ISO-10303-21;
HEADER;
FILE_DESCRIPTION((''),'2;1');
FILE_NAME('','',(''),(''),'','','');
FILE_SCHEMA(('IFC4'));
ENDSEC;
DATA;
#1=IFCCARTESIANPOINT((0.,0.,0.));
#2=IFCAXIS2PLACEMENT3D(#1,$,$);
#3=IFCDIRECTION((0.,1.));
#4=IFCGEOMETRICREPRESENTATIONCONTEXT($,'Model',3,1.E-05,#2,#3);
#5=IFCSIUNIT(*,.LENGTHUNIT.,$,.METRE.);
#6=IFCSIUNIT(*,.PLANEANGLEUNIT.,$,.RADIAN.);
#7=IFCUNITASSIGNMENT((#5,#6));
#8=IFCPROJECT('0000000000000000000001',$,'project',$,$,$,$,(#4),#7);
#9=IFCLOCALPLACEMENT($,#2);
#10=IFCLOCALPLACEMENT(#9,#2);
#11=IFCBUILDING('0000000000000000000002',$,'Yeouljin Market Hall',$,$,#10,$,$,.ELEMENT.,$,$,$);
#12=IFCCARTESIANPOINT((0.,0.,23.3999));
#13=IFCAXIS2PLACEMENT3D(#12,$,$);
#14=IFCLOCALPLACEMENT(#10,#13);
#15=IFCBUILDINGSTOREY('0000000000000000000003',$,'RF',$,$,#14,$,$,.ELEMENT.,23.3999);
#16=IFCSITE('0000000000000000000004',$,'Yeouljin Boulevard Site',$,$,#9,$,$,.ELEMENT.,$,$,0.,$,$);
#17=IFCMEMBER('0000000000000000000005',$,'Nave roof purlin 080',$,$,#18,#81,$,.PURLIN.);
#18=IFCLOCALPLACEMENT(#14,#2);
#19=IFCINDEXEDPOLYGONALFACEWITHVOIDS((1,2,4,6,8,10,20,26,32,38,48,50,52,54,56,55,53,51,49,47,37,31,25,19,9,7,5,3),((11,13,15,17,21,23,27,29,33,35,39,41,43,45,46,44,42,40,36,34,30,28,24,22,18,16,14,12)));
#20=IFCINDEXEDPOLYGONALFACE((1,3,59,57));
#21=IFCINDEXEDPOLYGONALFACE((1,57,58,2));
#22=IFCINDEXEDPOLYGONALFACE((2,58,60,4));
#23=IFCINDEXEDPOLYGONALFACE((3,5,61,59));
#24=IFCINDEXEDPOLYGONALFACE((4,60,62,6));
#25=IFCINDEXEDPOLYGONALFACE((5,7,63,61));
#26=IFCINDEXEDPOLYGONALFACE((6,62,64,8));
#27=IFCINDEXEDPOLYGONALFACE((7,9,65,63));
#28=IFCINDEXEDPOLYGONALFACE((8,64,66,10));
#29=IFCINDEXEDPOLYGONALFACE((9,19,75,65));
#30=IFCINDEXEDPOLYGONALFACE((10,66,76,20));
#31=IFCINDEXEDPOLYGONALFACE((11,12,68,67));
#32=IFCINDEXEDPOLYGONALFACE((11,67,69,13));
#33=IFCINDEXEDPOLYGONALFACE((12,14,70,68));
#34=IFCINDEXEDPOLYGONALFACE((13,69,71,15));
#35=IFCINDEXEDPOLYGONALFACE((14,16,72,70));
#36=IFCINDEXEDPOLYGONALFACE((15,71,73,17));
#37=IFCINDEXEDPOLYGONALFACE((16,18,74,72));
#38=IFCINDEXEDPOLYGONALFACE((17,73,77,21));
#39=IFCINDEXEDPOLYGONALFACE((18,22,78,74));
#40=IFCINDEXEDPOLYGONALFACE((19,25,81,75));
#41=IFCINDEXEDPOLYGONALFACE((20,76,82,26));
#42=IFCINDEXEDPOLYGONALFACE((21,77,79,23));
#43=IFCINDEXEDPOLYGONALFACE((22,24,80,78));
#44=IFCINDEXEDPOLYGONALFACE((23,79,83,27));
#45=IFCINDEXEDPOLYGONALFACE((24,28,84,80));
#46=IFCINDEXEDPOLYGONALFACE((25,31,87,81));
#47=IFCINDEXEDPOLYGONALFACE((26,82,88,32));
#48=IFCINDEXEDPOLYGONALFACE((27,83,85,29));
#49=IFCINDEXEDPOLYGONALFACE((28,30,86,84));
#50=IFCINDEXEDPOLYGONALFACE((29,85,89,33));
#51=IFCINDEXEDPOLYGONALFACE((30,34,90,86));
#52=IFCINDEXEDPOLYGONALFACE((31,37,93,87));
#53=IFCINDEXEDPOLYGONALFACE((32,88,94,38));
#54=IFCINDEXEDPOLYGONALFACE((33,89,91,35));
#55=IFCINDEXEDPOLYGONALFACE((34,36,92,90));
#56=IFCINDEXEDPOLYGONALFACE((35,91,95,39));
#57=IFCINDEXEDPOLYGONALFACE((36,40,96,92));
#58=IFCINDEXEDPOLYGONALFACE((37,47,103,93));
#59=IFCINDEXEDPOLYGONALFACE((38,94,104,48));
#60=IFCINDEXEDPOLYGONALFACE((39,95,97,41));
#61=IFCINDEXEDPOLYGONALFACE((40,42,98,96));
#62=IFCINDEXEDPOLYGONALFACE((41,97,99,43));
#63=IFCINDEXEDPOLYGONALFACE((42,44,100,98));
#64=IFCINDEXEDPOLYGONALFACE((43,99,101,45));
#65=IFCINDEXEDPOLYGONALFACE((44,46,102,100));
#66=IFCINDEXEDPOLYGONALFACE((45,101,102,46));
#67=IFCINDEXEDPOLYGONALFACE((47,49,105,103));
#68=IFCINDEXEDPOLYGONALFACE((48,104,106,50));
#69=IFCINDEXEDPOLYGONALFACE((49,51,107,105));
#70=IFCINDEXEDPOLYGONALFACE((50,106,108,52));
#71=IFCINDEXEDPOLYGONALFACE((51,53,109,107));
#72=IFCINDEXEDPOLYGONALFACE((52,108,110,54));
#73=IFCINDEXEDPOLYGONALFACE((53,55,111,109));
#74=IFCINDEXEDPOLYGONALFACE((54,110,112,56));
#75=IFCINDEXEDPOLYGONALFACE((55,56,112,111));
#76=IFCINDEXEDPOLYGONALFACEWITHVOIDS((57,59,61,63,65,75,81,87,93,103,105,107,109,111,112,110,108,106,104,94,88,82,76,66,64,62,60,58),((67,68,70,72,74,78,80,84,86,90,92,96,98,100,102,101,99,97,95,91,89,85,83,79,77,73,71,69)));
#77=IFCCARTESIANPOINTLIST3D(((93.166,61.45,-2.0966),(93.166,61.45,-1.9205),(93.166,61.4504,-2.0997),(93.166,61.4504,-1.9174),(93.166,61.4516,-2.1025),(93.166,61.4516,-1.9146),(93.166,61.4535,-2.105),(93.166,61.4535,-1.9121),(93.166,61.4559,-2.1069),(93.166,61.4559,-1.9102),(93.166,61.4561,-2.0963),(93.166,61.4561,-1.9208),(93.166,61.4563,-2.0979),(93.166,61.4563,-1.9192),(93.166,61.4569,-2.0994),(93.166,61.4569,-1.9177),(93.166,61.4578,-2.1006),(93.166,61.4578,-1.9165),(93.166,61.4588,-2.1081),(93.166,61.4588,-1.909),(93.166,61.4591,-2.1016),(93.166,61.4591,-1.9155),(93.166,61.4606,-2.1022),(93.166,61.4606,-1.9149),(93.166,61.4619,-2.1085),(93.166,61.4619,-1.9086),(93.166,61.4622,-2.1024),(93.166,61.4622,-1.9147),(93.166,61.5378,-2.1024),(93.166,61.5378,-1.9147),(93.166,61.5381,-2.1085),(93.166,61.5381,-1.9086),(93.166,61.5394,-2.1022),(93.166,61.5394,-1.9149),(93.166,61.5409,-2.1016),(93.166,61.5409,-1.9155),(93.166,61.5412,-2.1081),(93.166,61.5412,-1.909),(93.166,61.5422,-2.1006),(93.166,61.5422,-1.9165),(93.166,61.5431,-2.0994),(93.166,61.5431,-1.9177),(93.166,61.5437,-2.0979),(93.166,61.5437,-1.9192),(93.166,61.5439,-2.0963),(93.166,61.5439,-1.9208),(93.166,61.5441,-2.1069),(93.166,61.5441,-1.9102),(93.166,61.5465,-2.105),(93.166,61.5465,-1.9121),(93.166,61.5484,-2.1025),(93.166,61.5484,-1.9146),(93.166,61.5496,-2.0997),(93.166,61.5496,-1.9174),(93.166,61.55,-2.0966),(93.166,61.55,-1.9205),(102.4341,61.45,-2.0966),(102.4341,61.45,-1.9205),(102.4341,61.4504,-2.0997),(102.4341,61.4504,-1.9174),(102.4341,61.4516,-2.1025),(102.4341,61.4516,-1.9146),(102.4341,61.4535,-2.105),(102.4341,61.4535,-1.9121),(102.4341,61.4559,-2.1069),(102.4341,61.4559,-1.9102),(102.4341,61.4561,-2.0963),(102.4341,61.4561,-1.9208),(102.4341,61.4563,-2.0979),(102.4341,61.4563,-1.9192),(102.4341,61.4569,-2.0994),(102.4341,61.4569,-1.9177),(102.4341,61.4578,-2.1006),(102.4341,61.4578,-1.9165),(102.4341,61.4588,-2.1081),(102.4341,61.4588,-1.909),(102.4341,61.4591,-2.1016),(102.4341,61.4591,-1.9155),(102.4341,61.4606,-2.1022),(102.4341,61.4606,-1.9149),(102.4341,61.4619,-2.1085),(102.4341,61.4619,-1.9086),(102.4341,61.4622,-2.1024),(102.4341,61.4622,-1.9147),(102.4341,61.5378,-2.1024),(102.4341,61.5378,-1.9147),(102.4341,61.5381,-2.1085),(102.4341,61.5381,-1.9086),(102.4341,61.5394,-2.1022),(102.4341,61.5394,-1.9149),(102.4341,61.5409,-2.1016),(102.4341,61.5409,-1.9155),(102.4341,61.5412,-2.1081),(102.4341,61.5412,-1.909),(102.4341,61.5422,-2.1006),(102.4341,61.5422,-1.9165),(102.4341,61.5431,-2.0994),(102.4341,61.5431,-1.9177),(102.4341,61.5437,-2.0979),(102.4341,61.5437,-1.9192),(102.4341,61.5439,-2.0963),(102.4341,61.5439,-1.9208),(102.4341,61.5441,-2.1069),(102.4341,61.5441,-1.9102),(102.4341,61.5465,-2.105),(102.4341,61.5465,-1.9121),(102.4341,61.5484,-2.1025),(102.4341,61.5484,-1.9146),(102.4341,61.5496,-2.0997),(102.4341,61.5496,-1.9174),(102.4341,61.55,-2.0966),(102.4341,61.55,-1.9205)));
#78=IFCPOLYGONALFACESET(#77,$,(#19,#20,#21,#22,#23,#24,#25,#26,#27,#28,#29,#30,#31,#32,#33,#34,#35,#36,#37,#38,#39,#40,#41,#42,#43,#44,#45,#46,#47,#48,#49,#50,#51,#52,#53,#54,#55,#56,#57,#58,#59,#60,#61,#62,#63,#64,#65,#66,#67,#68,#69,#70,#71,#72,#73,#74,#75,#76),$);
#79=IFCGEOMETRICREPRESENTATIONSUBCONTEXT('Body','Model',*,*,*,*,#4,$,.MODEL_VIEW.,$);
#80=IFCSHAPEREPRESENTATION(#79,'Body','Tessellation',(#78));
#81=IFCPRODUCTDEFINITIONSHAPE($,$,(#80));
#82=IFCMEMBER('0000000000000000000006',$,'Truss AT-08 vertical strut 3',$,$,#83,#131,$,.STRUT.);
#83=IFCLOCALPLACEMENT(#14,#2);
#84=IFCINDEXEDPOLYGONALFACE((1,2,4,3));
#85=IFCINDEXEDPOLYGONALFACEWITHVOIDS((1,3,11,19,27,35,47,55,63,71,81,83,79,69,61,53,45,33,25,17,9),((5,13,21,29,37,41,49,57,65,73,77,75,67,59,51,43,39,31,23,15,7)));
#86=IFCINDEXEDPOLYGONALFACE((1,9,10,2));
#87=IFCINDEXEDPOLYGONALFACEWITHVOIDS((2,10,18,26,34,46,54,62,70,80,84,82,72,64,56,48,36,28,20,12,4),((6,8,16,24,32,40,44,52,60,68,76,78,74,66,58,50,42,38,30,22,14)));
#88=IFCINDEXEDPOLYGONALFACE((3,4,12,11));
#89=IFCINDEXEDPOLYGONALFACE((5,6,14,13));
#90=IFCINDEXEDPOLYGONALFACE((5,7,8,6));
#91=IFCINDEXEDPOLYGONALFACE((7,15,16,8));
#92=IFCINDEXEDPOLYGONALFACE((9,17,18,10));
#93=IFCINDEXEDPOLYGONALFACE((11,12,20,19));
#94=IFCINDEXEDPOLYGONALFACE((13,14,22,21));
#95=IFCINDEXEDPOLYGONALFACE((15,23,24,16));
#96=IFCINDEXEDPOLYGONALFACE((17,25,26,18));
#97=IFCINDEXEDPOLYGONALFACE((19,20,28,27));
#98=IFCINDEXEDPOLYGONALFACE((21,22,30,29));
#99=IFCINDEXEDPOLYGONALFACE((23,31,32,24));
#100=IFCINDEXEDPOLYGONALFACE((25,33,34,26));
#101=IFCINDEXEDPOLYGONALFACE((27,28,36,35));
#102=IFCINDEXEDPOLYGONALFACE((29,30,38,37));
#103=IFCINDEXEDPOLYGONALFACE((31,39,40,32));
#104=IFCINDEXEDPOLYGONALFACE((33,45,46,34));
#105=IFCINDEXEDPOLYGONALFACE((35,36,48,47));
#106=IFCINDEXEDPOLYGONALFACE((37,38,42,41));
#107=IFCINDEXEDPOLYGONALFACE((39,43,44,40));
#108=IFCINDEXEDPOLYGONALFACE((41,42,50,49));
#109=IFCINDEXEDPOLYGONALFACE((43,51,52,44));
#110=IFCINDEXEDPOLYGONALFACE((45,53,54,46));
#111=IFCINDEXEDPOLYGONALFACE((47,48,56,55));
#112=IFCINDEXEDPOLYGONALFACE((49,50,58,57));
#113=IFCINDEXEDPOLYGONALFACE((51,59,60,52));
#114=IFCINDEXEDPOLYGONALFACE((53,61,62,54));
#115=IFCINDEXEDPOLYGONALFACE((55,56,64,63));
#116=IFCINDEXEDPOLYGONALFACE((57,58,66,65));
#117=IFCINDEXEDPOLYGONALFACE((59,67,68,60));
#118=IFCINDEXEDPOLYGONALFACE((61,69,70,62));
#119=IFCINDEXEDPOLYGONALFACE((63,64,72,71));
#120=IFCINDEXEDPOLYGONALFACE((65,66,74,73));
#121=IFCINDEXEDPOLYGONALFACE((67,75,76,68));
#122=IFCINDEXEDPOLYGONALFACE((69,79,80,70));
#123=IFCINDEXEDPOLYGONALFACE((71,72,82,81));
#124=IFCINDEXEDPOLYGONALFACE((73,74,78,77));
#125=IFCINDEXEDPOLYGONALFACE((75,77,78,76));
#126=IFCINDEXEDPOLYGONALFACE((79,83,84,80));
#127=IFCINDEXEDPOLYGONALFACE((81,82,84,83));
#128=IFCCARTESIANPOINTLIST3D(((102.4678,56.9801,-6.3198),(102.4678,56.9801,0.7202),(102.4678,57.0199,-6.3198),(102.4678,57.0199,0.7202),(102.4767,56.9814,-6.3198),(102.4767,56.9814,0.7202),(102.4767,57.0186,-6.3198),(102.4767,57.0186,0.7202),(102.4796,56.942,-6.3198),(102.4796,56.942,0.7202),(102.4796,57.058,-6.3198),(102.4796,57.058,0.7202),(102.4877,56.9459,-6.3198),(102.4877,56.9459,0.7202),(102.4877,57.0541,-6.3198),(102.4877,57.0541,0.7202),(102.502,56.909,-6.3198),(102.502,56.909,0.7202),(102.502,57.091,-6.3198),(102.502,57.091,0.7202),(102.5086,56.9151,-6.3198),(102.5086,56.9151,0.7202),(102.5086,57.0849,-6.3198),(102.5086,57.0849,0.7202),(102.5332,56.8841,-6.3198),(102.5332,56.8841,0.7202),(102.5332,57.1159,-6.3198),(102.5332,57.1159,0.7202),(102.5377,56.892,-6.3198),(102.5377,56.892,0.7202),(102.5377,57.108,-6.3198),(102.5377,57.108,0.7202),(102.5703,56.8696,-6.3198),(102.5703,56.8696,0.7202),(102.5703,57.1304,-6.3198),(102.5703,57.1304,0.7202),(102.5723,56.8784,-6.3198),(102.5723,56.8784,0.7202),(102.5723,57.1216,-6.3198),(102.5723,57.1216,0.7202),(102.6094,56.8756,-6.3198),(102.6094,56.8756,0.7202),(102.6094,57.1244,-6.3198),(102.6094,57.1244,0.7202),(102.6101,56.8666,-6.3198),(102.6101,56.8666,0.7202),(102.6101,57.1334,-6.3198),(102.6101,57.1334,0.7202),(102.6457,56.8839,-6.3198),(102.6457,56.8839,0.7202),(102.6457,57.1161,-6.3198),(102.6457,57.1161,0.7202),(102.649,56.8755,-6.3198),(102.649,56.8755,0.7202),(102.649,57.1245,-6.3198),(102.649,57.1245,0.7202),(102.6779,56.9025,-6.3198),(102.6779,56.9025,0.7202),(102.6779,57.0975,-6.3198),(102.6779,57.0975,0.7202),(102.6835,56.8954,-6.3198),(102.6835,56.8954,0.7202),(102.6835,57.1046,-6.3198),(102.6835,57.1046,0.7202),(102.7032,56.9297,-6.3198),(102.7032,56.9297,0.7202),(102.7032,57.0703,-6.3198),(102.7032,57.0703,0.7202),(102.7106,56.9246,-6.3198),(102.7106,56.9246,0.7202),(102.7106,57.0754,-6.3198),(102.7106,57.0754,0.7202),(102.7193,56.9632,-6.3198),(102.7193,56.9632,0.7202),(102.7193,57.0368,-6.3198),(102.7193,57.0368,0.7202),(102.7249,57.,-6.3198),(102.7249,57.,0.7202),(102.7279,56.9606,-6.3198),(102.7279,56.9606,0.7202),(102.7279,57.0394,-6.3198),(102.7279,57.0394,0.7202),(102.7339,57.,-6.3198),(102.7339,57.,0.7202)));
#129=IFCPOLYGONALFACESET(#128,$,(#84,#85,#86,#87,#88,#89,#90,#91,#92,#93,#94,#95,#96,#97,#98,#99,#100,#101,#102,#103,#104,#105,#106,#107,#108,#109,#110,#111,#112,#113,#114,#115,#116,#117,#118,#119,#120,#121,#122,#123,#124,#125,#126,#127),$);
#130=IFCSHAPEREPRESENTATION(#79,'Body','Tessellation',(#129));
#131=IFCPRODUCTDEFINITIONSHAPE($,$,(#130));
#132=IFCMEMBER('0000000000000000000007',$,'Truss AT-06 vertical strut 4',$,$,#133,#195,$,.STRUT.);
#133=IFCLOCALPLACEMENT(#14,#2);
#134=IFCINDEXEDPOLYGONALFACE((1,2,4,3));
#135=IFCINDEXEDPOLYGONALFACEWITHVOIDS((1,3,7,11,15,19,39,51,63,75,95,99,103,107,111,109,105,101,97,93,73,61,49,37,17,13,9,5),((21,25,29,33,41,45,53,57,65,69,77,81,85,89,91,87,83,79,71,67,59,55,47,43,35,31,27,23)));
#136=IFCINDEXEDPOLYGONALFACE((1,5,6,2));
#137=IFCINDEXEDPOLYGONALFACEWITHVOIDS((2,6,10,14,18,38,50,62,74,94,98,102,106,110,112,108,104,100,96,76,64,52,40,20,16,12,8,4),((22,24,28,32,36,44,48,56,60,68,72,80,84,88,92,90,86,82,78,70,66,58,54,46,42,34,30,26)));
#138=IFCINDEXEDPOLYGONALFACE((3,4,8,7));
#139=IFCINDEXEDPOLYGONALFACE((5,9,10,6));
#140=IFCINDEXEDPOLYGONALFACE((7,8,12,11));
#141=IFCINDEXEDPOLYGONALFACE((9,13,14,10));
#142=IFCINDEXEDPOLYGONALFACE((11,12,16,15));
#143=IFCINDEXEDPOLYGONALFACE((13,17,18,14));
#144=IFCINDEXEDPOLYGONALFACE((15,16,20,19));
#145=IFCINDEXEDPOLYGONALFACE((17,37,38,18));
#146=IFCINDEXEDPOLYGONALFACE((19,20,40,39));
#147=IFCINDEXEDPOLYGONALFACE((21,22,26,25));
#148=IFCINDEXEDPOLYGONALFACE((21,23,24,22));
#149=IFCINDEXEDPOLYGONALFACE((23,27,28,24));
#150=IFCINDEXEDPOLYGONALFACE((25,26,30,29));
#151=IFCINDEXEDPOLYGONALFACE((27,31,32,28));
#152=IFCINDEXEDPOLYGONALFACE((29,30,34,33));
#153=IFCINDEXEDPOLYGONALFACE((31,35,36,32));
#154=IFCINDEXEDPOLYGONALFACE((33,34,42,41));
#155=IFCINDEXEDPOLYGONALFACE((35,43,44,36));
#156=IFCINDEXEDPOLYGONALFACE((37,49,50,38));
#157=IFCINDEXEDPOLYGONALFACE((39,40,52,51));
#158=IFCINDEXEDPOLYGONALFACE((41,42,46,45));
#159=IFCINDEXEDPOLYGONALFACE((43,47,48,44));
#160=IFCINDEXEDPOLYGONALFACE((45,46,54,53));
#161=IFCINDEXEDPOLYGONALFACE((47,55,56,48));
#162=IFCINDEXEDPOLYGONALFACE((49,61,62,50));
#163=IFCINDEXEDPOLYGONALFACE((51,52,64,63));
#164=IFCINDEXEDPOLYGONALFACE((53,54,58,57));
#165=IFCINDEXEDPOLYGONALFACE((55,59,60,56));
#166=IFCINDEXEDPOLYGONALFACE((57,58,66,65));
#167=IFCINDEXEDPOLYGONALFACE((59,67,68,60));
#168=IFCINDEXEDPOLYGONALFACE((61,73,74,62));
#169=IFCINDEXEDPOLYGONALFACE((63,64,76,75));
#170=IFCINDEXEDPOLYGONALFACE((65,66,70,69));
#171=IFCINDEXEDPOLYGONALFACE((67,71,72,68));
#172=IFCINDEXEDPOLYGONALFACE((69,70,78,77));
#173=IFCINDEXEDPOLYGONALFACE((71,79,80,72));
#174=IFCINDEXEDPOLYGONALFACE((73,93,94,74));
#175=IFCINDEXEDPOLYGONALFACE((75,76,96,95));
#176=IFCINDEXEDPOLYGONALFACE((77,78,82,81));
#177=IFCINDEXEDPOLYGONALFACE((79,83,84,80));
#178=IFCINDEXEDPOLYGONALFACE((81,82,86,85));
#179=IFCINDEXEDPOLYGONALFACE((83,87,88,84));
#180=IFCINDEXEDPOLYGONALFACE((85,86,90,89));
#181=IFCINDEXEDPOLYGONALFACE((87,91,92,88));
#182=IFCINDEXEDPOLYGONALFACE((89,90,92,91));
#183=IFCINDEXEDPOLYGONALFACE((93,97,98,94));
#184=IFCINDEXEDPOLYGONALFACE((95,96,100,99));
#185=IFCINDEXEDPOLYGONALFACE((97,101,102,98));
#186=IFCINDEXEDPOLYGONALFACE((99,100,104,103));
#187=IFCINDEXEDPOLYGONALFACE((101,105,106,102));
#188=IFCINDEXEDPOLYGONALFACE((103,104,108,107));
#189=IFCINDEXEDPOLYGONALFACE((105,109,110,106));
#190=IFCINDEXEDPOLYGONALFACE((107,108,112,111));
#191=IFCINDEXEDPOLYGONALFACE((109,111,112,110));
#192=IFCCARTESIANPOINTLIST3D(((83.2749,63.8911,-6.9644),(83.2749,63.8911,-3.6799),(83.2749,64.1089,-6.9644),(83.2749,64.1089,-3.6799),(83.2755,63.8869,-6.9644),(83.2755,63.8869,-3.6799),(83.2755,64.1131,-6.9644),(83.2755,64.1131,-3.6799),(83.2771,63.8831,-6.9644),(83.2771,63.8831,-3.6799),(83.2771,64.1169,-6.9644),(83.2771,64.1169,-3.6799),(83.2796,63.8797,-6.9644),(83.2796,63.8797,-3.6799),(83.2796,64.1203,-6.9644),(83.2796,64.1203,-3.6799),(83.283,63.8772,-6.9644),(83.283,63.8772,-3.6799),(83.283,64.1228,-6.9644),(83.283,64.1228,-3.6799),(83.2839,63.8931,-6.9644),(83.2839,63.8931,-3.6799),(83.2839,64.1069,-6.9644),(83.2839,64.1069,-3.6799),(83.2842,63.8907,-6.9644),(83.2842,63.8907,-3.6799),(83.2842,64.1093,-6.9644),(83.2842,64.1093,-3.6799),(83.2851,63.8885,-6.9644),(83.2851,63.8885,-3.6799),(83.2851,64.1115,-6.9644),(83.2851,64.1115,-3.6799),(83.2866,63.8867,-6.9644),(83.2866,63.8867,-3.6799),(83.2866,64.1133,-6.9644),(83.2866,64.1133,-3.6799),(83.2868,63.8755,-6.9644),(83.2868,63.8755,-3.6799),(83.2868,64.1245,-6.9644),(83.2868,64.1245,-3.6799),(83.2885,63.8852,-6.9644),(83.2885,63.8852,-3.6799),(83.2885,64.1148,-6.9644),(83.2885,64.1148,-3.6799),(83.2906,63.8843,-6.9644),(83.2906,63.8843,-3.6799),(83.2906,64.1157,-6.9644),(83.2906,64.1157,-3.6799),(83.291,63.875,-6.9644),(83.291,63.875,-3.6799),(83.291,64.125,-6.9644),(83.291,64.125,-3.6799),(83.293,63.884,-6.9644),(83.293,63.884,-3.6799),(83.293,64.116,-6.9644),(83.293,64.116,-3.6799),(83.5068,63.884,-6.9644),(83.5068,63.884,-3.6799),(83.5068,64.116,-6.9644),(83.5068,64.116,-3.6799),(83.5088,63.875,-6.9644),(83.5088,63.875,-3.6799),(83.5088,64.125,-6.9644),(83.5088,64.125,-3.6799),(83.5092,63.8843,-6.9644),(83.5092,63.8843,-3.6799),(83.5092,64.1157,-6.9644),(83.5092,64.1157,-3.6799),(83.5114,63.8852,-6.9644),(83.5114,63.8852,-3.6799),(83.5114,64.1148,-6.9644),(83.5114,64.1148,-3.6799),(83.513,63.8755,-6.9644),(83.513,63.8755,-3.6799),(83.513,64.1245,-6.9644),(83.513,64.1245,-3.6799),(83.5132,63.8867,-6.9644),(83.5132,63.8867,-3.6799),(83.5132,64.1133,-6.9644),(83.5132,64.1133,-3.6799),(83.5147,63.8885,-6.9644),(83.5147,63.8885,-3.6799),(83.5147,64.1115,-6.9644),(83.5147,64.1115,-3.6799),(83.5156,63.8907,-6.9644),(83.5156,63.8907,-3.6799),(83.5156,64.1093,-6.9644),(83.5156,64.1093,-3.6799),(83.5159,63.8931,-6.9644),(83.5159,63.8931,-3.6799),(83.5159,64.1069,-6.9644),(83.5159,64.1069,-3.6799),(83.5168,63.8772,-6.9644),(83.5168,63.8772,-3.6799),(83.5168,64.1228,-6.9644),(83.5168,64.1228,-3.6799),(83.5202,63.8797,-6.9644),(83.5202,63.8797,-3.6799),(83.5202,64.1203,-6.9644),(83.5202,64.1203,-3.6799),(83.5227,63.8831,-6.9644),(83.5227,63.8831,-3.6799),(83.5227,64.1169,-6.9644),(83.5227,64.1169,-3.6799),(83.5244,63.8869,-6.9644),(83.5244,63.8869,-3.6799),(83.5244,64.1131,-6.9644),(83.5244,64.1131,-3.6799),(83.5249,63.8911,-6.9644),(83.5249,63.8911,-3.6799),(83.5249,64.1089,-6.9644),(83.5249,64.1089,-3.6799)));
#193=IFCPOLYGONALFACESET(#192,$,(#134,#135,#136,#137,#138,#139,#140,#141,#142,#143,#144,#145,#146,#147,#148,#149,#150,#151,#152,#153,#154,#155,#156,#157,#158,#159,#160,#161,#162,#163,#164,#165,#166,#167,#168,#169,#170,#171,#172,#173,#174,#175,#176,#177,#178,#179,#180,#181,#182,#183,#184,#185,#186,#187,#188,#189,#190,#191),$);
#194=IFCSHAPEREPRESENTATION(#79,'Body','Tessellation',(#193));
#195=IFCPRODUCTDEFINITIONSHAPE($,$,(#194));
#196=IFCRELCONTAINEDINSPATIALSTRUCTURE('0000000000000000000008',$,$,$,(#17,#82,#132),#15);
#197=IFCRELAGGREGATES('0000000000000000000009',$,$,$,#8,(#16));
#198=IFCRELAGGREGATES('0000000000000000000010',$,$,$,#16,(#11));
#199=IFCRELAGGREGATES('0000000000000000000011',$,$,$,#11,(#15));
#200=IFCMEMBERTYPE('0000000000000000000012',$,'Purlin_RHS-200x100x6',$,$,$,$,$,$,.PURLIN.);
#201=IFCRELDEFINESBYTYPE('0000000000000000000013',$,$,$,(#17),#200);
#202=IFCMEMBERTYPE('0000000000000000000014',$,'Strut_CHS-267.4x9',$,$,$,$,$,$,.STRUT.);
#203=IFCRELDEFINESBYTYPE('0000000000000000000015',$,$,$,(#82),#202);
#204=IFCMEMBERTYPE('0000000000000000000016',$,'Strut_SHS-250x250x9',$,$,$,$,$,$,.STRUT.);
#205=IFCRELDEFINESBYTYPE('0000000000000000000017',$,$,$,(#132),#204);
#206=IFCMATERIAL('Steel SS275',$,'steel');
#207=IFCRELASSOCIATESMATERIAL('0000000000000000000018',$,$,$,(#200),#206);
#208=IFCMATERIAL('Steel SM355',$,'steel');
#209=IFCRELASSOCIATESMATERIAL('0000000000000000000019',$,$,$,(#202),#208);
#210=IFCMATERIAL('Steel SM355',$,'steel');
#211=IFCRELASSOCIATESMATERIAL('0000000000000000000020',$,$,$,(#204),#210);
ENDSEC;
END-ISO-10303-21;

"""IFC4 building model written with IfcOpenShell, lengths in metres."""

from ifc_helpers import new_model, si_unit, direction, frame, origin, origin_2d, place, context, subcontext, project, spatial, hollow_rectangle, hollow_circle, extrude, material, material_profile, profile_set, type_object, element, save


model = new_model("IFC4")

# Units and contexts
model_context = context("Model", 3, precision=1e-05, world=origin(), true_north=direction((0.0, 1.0)))
body_context = subcontext(model_context, "Body", "Model", "MODEL_VIEW")
ifc_project = project(units=[si_unit("LENGTHUNIT", "METRE"), si_unit("PLANEANGLEUNIT", "RADIAN")], contexts=[model_context])

# Site, building, storey
site_placement = place(None, origin())
site = spatial("IfcSite", under=ifc_project, at=site_placement, Name="Yeouljin Boulevard Site", CompositionType="ELEMENT", RefElevation=0.0)
building_placement = place(site_placement, origin())
building = spatial("IfcBuilding", under=site, at=building_placement, Name="Yeouljin Market Hall", CompositionType="ELEMENT")
storey_placement = place(building_placement, frame((0.0, 0.0, 23.3999)))
storey = spatial("IfcBuildingStorey", under=building, at=storey_placement, Name="RF", CompositionType="ELEMENT", Elevation=23.3999)

# Members
ifc_material_1 = material(Name="Steel SS275", Category="steel")
ifc_material_profile_1 = material_profile(ifc_material_1, hollow_rectangle(XDim=0.1001, YDim=0.2, WallThickness=0.0061, InnerFilletRadius=0.0061, OuterFilletRadius=0.012, at=origin_2d()), Name="RHS-200x100x6")
ifc_profile_set_1 = profile_set([ifc_material_profile_1], Name="Steel SS275")
member_type_1 = type_object("IfcMemberType", Name="Purlin_RHS-200x100x6", PredefinedType="PURLIN", material=ifc_profile_set_1)
for number, where, z_axis, x_axis, name in (
    (1, (93.166, 61.5, -2.0085), (1.0, 0.0, 0.0), (0.0, 1.0, 0.0), "Nave roof purlin 080"),
):
    element("IfcMember", number, at=place(storey_placement, frame(where, z_axis=z_axis, x_axis=x_axis)), inside=storey, type_object=member_type_1, Name=name, PredefinedType="PURLIN", context=body_context, shape_type="SweptSolid", body=[
        extrude(hollow_rectangle(XDim=0.1001, YDim=0.2, WallThickness=0.0061, InnerFilletRadius=0.0061, OuterFilletRadius=0.012, at=origin_2d()), origin(), (0.0, 0.0, 1.0), 9.2681),
    ])
ifc_material_2 = material(Name="Steel SM355", Category="steel")
ifc_material_profile_2 = material_profile(ifc_material_2, hollow_circle(Radius=0.1338, WallThickness=0.009, at=origin_2d()), Name="CHS-267.4x9")
ifc_profile_set_2 = profile_set([ifc_material_profile_2], Name="Steel SM355")
member_type_2 = type_object("IfcMemberType", Name="Strut_CHS-267.4x9", PredefinedType="STRUT", material=ifc_profile_set_2)
member_1_placement = place(storey_placement, frame((102.6001, 57.0, -6.3198), z_axis=(0.0, 0.0, 1.0), x_axis=(1.0, 0.0, 0.0)))
element("IfcMember", 2, at=member_1_placement, inside=storey, type_object=member_type_2, Name="Truss AT-08 vertical strut 3", PredefinedType="STRUT", context=body_context, shape_type="SweptSolid", body=[
    extrude(hollow_circle(Radius=0.1338, WallThickness=0.009, at=origin_2d()), origin(), (0.0, 0.0, 1.0), 7.04),
])
ifc_material_3 = material(Name="Steel SM355", Category="steel")
ifc_material_profile_3 = material_profile(ifc_material_3, hollow_rectangle(XDim=0.25, YDim=0.25, WallThickness=0.009, InnerFilletRadius=0.009, OuterFilletRadius=0.0161, at=origin_2d()), Name="SHS-250x250x9")
ifc_profile_set_3 = profile_set([ifc_material_profile_3], Name="Steel SM355")
member_type_3 = type_object("IfcMemberType", Name="Strut_SHS-250x250x9", PredefinedType="STRUT", material=ifc_profile_set_3)
for number, where, z_axis, x_axis, name in (
    (3, (83.3999, 64.0, -6.9644), (0.0, 0.0, 1.0), (1.0, 0.0, 0.0), "Truss AT-06 vertical strut 4"),
):
    element("IfcMember", number, at=place(storey_placement, frame(where, z_axis=z_axis, x_axis=x_axis)), inside=storey, type_object=member_type_3, Name=name, PredefinedType="STRUT", context=body_context, shape_type="SweptSolid", body=[
        extrude(hollow_rectangle(XDim=0.25, YDim=0.25, WallThickness=0.009, InnerFilletRadius=0.009, OuterFilletRadius=0.0161, at=origin_2d()), origin(), (0.0, 0.0, 1.0), 3.2844),
    ])

save(model, "model.ifc")
